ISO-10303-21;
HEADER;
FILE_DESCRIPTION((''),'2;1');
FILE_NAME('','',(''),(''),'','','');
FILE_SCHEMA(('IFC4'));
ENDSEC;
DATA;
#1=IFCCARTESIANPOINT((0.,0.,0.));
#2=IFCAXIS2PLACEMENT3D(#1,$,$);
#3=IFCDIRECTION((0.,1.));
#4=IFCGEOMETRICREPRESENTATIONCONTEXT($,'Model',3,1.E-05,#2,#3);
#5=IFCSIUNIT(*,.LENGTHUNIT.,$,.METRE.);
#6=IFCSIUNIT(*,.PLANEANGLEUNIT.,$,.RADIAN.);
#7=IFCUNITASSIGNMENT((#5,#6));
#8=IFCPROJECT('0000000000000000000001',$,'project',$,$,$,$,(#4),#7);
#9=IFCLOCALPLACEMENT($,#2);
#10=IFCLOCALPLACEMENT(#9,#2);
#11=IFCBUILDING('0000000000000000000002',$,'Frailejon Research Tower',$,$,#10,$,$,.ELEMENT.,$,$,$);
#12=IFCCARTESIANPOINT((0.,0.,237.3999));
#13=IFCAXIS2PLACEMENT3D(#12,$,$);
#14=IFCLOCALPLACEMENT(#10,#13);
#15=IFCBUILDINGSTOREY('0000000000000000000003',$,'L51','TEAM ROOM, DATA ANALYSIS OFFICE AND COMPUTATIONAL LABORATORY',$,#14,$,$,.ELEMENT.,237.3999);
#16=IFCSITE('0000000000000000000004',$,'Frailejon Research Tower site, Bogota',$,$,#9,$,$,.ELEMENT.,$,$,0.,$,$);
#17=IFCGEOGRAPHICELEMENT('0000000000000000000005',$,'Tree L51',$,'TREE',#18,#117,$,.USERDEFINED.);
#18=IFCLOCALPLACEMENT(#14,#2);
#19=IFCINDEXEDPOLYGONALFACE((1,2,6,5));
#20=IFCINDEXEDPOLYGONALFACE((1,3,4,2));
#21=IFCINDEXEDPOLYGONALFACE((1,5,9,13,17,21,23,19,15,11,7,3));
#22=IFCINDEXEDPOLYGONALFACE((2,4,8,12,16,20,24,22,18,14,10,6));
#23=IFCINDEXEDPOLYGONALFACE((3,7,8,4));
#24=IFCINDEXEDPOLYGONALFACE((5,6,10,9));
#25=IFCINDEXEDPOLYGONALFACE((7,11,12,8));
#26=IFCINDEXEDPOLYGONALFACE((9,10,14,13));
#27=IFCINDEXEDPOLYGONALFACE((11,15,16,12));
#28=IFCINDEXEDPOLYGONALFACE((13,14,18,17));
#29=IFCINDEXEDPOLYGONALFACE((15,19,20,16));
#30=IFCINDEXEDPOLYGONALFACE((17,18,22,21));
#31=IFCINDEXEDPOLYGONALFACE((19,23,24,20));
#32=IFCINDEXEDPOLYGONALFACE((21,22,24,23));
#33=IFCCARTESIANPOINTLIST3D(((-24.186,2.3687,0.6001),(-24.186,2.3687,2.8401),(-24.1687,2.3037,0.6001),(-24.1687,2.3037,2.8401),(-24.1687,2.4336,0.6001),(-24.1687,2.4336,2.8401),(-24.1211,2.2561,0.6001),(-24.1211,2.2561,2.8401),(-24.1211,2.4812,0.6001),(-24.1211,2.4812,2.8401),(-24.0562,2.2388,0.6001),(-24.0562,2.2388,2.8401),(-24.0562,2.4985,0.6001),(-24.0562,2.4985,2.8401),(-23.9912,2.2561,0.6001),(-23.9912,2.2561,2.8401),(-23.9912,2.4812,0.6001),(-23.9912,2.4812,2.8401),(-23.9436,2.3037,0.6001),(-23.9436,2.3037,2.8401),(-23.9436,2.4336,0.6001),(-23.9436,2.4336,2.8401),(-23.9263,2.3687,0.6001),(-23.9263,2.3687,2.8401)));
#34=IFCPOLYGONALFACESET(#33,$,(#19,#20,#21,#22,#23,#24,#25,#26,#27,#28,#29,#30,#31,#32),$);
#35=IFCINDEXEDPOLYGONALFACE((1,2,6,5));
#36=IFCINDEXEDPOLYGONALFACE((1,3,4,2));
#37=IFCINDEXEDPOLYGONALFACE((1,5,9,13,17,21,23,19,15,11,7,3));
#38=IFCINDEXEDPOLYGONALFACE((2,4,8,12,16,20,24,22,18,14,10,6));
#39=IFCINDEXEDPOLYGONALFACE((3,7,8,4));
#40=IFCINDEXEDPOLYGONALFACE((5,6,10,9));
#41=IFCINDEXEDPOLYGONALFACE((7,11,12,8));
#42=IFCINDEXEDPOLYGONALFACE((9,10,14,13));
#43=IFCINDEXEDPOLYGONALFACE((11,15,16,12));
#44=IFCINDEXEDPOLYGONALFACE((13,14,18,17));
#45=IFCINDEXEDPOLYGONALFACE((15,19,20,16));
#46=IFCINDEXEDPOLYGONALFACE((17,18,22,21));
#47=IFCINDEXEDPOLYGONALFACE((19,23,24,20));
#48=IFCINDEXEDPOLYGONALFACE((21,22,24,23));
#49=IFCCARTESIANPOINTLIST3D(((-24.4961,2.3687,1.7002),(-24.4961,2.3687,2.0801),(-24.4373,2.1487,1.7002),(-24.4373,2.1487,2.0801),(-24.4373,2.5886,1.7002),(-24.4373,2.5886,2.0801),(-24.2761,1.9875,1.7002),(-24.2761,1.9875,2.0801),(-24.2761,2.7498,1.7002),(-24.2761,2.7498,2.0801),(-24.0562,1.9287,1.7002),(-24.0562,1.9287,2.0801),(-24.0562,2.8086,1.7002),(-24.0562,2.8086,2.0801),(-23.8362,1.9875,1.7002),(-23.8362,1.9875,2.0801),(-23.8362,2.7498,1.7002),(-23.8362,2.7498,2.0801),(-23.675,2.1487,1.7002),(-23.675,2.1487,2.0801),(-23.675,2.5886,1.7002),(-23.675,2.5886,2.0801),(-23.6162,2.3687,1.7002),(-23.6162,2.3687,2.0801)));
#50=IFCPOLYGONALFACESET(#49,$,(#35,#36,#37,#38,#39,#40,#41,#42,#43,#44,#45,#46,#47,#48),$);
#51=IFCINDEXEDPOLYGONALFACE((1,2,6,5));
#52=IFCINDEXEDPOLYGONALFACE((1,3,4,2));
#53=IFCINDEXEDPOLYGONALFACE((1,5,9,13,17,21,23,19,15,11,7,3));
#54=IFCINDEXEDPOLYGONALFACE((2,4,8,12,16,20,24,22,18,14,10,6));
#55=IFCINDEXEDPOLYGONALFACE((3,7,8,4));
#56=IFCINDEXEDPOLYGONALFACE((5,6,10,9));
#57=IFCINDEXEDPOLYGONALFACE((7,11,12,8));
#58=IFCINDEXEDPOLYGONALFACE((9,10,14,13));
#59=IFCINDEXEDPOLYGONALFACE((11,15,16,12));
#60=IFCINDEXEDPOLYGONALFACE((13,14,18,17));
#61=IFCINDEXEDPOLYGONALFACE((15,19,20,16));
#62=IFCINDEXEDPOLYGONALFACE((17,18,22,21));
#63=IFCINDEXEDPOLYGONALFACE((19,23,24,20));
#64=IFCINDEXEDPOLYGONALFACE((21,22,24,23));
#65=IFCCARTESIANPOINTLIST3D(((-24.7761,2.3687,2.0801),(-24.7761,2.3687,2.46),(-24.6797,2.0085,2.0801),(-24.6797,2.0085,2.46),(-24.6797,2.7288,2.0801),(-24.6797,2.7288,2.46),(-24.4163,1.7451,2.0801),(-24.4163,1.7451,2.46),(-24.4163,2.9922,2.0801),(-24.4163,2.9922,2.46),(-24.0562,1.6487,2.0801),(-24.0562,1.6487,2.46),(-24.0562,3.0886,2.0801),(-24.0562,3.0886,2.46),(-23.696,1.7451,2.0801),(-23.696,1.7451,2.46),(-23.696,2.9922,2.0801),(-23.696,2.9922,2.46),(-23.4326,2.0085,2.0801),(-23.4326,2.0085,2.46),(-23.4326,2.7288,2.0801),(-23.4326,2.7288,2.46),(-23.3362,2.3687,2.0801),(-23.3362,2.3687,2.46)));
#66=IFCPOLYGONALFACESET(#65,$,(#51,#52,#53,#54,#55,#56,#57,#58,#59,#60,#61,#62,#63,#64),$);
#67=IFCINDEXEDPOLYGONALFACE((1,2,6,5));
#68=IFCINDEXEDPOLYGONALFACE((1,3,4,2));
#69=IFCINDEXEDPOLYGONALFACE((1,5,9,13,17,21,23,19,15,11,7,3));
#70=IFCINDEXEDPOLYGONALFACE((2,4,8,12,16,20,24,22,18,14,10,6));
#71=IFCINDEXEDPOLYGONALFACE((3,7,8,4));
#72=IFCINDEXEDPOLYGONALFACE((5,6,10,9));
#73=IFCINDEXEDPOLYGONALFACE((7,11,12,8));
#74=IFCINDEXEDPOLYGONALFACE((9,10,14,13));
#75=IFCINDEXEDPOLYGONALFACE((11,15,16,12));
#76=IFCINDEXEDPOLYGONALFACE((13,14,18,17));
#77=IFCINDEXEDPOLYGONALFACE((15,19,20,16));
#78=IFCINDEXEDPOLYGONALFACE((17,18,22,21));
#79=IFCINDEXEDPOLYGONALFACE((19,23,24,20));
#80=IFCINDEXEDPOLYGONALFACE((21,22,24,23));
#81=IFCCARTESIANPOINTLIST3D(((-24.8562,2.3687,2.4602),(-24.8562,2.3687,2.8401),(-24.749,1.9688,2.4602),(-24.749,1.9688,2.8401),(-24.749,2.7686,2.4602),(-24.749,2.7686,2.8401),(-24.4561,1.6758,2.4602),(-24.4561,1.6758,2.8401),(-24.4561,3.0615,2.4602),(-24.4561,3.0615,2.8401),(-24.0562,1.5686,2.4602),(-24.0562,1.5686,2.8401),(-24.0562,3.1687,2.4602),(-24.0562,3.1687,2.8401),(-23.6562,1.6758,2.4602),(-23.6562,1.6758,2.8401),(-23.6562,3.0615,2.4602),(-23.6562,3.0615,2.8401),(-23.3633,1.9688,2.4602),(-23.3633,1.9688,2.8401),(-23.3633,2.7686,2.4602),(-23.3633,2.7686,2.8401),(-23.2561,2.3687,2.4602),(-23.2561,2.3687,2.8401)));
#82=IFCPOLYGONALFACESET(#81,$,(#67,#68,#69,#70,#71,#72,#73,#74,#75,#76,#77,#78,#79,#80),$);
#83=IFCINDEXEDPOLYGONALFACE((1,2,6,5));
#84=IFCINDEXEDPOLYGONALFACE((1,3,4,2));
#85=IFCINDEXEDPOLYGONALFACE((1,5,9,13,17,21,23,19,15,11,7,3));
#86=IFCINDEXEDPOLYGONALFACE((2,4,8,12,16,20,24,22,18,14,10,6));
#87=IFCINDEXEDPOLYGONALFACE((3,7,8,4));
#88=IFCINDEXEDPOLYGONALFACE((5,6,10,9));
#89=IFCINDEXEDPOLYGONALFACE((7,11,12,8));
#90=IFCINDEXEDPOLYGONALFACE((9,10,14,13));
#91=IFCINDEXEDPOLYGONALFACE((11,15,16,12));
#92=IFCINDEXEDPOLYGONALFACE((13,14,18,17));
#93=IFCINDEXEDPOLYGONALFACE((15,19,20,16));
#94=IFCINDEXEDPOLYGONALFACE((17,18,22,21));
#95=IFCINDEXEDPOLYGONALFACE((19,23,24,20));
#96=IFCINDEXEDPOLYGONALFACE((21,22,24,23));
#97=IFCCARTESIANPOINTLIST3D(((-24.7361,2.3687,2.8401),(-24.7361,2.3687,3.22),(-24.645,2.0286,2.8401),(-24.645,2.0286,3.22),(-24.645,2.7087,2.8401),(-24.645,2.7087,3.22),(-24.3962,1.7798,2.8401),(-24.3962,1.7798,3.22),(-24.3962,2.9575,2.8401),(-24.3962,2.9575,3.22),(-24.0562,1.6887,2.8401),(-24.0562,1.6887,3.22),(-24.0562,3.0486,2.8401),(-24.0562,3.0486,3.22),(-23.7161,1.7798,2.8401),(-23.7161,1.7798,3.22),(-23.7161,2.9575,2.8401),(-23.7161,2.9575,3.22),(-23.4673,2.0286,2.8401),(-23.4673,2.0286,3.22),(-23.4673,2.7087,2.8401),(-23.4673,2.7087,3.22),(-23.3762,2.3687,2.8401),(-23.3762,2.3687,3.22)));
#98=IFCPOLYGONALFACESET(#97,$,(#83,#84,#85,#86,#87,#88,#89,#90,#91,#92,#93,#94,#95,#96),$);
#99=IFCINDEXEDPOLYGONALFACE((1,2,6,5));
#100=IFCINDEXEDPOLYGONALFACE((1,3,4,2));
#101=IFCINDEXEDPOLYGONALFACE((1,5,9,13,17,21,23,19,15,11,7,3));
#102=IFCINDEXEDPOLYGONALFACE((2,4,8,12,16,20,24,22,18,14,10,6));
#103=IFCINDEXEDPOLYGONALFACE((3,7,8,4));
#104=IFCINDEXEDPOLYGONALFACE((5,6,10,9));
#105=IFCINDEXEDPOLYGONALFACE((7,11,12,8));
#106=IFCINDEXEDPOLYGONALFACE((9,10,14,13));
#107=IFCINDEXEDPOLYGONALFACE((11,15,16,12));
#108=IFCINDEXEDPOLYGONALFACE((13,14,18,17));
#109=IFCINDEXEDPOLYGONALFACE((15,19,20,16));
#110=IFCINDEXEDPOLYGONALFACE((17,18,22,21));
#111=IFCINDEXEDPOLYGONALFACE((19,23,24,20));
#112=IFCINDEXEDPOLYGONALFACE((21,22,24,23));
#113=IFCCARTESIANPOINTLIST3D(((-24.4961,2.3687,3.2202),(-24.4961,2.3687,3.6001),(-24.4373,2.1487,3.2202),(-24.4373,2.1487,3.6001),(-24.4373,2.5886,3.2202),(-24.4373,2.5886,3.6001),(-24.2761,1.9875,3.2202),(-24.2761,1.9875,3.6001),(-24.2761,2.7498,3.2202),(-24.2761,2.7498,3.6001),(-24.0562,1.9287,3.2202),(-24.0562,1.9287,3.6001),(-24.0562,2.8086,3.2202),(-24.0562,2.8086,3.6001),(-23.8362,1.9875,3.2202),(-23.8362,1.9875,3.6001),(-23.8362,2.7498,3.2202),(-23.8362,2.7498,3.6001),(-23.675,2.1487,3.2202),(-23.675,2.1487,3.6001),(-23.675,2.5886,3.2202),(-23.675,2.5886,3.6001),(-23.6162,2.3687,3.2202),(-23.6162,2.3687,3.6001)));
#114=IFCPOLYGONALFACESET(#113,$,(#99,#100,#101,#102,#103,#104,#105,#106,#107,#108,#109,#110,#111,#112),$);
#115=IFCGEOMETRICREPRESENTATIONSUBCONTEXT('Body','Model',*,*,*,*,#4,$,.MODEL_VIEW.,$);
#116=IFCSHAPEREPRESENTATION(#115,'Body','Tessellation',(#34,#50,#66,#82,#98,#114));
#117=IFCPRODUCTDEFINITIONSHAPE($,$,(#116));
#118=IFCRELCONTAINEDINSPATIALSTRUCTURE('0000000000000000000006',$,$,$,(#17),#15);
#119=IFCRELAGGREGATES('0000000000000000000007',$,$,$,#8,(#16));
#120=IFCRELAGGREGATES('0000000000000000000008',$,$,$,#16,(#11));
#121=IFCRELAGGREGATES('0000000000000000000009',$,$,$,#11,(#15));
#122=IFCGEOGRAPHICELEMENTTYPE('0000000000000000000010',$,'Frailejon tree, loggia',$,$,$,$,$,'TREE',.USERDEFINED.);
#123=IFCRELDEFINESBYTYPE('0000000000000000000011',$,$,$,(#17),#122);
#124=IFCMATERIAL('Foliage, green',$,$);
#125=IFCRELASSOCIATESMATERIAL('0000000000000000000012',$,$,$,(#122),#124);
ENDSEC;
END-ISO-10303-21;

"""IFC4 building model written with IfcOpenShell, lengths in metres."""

from ifc_helpers import new_model, si_unit, direction, frame, origin, place, context, subcontext, project, spatial, polyline, outline, extrude, material, type_object, element, save


model = new_model("IFC4")

# Units and contexts
model_context = context("Model", 3, precision=1e-05, world=origin(), true_north=direction((0.0, 1.0)))
body_context = subcontext(model_context, "Body", "Model", "MODEL_VIEW")
ifc_project = project(units=[si_unit("LENGTHUNIT", "METRE"), si_unit("PLANEANGLEUNIT", "RADIAN")], contexts=[model_context])

# Site, building, storey
site_placement = place(None, origin())
site = spatial("IfcSite", under=ifc_project, at=site_placement, Name="Frailejon Research Tower site, Bogota", CompositionType="ELEMENT", RefElevation=0.0)
building_placement = place(site_placement, origin())
building = spatial("IfcBuilding", under=site, at=building_placement, Name="Frailejon Research Tower", CompositionType="ELEMENT")
storey_placement = place(building_placement, frame((0.0, 0.0, 237.3999)))
storey = spatial("IfcBuildingStorey", under=building, at=storey_placement, Name="L51", Description="TEAM ROOM, DATA ANALYSIS OFFICE AND COMPUTATIONAL LABORATORY", CompositionType="ELEMENT", Elevation=237.3999)

# Geographic element
ifc_material_1 = material(Name="Foliage, green")
geographic_element_type = type_object("IfcGeographicElementType", Name="Frailejon tree, loggia", ElementType="TREE", PredefinedType="USERDEFINED", material=ifc_material_1)
geographic_element_placement = place(storey_placement, frame((-24.0562, 2.3687, 0.6001)))
element("IfcGeographicElement", 1, at=geographic_element_placement, inside=storey, type_object=geographic_element_type, Name="Tree L51", ObjectType="TREE", PredefinedType="USERDEFINED", context=body_context, shape_type="SweptSolid", body=[
    extrude(outline(polyline([(0.1299, 0.0), (0.1125, 0.0649), (0.0649, 0.1125), (0.0, 0.1299), (-0.0649, 0.1125), (-0.1125, 0.0649), (-0.1299, 0.0), (-0.1125, -0.0649), (-0.0649, -0.1125), (0.0, -0.1299), (0.0649, -0.1125), (0.1125, -0.0649), (0.1299, 0.0)])), origin(), (0.0, 0.0, 1.0), 2.24),
    extrude(outline(polyline([(0.4399, 0.0), (0.3811, 0.22), (0.22, 0.3811), (0.0, 0.4399), (-0.22, 0.3811), (-0.3811, 0.22), (-0.4399, 0.0), (-0.3811, -0.22), (-0.22, -0.3811), (0.0, -0.4399), (0.22, -0.3811), (0.3811, -0.22), (0.4399, 0.0)])), frame((0.0, 0.0, 1.1001)), (0.0, 0.0, 1.0), 0.3799),
    extrude(outline(polyline([(0.72, 0.0), (0.6235, 0.3601), (0.3601, 0.6235), (0.0, 0.72), (-0.3601, 0.6235), (-0.6235, 0.3601), (-0.72, 0.0), (-0.6235, -0.3601), (-0.3601, -0.6235), (0.0, -0.72), (0.3601, -0.6235), (0.6235, -0.3601), (0.72, 0.0)])), frame((0.0, 0.0, 1.48)), (0.0, 0.0, 1.0), 0.3799),
    extrude(outline(polyline([(0.8, 0.0), (0.6929, 0.3999), (0.3999, 0.6929), (0.0, 0.8), (-0.3999, 0.6929), (-0.6929, 0.3999), (-0.8, 0.0), (-0.6929, -0.3999), (-0.3999, -0.6929), (0.0, -0.8), (0.3999, -0.6929), (0.6929, -0.3999), (0.8, 0.0)])), frame((0.0, 0.0, 1.8601)), (0.0, 0.0, 1.0), 0.3799),
    extrude(outline(polyline([(0.6799, 0.0), (0.5889, 0.3401), (0.3401, 0.5889), (0.0, 0.6799), (-0.3401, 0.5889), (-0.5889, 0.3401), (-0.6799, 0.0), (-0.5889, -0.3401), (-0.3401, -0.5889), (0.0, -0.6799), (0.3401, -0.5889), (0.5889, -0.3401), (0.6799, 0.0)])), frame((0.0, 0.0, 2.24)), (0.0, 0.0, 1.0), 0.3799),
    extrude(outline(polyline([(0.4399, 0.0), (0.3811, 0.22), (0.22, 0.3811), (0.0, 0.4399), (-0.22, 0.3811), (-0.3811, 0.22), (-0.4399, 0.0), (-0.3811, -0.22), (-0.22, -0.3811), (0.0, -0.4399), (0.22, -0.3811), (0.3811, -0.22), (0.4399, 0.0)])), frame((0.0, 0.0, 2.6201)), (0.0, 0.0, 1.0), 0.3799),
])

save(model, "model.ifc")
